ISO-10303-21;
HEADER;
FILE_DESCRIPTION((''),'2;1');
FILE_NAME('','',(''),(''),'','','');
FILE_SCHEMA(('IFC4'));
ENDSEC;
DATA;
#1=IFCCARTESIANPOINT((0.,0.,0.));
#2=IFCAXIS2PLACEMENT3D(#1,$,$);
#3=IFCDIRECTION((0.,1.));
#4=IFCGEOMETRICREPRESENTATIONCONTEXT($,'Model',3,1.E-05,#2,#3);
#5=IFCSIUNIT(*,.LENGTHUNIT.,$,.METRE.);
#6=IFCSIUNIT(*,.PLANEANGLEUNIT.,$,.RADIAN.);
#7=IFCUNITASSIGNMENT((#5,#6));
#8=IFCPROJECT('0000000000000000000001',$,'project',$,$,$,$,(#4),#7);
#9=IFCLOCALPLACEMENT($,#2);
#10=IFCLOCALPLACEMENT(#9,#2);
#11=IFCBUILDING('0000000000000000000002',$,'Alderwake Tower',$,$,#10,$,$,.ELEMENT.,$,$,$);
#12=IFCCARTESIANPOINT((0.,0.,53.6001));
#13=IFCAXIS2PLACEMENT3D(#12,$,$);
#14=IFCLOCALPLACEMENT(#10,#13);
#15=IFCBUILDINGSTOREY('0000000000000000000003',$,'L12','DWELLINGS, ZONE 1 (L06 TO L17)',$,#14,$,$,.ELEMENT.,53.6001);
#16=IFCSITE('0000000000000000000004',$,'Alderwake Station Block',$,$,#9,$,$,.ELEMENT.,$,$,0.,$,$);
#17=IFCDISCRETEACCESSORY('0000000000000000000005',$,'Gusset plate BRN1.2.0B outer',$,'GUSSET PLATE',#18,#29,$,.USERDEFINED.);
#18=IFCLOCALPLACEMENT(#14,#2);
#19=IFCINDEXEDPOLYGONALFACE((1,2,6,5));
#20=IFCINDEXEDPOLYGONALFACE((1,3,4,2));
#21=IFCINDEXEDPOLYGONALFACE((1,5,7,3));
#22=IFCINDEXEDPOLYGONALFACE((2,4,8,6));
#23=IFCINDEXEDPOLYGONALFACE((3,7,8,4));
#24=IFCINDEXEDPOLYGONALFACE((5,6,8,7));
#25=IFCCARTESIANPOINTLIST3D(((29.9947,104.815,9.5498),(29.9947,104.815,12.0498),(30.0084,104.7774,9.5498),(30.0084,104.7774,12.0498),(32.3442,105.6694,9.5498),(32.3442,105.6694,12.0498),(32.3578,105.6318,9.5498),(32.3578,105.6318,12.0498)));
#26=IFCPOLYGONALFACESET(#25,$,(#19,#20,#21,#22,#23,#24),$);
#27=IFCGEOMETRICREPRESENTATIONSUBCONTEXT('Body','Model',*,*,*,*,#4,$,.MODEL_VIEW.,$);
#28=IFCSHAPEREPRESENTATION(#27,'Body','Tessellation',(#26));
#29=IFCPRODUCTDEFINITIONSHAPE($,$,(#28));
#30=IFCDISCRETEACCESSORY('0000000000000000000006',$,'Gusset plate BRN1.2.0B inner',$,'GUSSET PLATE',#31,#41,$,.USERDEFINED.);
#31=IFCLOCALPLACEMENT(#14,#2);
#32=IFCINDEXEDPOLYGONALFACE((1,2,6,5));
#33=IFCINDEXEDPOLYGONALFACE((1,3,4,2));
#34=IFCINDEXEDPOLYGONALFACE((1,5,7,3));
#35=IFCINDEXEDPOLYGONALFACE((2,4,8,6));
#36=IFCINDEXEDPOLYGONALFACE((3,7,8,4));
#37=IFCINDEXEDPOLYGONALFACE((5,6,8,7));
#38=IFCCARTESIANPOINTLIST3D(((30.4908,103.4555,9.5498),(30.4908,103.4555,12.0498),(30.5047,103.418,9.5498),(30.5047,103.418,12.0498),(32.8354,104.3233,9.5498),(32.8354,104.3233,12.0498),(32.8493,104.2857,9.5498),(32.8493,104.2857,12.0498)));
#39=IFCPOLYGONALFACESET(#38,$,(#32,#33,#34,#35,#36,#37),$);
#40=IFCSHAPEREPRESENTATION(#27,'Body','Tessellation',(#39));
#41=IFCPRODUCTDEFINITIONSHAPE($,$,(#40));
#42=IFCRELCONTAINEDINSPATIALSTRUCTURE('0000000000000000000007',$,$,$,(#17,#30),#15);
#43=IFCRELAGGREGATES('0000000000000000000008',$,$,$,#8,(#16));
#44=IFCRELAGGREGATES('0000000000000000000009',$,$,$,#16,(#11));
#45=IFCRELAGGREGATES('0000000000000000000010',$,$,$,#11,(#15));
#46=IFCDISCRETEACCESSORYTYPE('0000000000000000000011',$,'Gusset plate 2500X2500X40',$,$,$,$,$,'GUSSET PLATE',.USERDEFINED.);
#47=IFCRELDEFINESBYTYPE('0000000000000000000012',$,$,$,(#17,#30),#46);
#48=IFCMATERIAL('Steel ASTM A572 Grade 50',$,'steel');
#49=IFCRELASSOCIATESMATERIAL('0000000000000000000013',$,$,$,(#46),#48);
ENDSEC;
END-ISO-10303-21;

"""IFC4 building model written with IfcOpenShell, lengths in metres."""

from ifc_helpers import new_model, si_unit, direction, frame, origin, origin_2d, place, context, subcontext, project, spatial, rectangle, extrude, material, material_profile, profile_set, type_object, element, save


model = new_model("IFC4")

# Units and contexts
model_context = context("Model", 3, precision=1e-05, world=origin(), true_north=direction((0.0, 1.0)))
body_context = subcontext(model_context, "Body", "Model", "MODEL_VIEW")
ifc_project = project(units=[si_unit("LENGTHUNIT", "METRE"), si_unit("PLANEANGLEUNIT", "RADIAN")], contexts=[model_context])

# Site, building, storey
site_placement = place(None, origin())
site = spatial("IfcSite", under=ifc_project, at=site_placement, Name="Alderwake Station Block", CompositionType="ELEMENT", RefElevation=0.0)
building_placement = place(site_placement, origin())
building = spatial("IfcBuilding", under=site, at=building_placement, Name="Alderwake Tower", CompositionType="ELEMENT")
storey_placement = place(building_placement, frame((0.0, 0.0, 53.6001)))
storey = spatial("IfcBuildingStorey", under=building, at=storey_placement, Name="L12", Description="DWELLINGS, ZONE 1 (L06 TO L17)", CompositionType="ELEMENT", Elevation=53.6001)

# Discrete accessories
ifc_material_1 = material(Name="Steel ASTM A572 Grade 50", Category="steel")
ifc_material_profile_1 = material_profile(ifc_material_1, rectangle(XDim=2.5, YDim=2.5, at=origin_2d()), Name="gusset 2500X2500")
ifc_profile_set_1 = profile_set([ifc_material_profile_1], Name="Steel ASTM A572 Grade 50")
discrete_accessory_type = type_object("IfcDiscreteAccessoryType", Name="Gusset plate 2500X2500X40", ElementType="GUSSET PLATE", PredefinedType="USERDEFINED", material=ifc_profile_set_1)
for number, where, z_axis, x_axis, name in (
    (1, (31.1831, 105.2046, 10.7998), (-0.341743, 0.939793, 0.0), (-0.939793, -0.341743, 0.0), "Gusset plate BRN1.2.0B outer"),
    (2, (31.6631, 103.8894, 10.7998), (0.347116, -0.937822, 0.0), (0.937822, 0.347116, 0.0), "Gusset plate BRN1.2.0B inner"),
):
    element("IfcDiscreteAccessory", number, at=place(storey_placement, frame(where, z_axis=z_axis, x_axis=x_axis)), inside=storey, type_object=discrete_accessory_type, Name=name, ObjectType="GUSSET PLATE", PredefinedType="USERDEFINED", context=body_context, shape_type="SweptSolid", body=[
        extrude(rectangle(XDim=2.5, YDim=2.5, at=origin_2d()), origin(), (0.0, 0.0, 1.0), 0.04),
    ])

save(model, "model.ifc")
